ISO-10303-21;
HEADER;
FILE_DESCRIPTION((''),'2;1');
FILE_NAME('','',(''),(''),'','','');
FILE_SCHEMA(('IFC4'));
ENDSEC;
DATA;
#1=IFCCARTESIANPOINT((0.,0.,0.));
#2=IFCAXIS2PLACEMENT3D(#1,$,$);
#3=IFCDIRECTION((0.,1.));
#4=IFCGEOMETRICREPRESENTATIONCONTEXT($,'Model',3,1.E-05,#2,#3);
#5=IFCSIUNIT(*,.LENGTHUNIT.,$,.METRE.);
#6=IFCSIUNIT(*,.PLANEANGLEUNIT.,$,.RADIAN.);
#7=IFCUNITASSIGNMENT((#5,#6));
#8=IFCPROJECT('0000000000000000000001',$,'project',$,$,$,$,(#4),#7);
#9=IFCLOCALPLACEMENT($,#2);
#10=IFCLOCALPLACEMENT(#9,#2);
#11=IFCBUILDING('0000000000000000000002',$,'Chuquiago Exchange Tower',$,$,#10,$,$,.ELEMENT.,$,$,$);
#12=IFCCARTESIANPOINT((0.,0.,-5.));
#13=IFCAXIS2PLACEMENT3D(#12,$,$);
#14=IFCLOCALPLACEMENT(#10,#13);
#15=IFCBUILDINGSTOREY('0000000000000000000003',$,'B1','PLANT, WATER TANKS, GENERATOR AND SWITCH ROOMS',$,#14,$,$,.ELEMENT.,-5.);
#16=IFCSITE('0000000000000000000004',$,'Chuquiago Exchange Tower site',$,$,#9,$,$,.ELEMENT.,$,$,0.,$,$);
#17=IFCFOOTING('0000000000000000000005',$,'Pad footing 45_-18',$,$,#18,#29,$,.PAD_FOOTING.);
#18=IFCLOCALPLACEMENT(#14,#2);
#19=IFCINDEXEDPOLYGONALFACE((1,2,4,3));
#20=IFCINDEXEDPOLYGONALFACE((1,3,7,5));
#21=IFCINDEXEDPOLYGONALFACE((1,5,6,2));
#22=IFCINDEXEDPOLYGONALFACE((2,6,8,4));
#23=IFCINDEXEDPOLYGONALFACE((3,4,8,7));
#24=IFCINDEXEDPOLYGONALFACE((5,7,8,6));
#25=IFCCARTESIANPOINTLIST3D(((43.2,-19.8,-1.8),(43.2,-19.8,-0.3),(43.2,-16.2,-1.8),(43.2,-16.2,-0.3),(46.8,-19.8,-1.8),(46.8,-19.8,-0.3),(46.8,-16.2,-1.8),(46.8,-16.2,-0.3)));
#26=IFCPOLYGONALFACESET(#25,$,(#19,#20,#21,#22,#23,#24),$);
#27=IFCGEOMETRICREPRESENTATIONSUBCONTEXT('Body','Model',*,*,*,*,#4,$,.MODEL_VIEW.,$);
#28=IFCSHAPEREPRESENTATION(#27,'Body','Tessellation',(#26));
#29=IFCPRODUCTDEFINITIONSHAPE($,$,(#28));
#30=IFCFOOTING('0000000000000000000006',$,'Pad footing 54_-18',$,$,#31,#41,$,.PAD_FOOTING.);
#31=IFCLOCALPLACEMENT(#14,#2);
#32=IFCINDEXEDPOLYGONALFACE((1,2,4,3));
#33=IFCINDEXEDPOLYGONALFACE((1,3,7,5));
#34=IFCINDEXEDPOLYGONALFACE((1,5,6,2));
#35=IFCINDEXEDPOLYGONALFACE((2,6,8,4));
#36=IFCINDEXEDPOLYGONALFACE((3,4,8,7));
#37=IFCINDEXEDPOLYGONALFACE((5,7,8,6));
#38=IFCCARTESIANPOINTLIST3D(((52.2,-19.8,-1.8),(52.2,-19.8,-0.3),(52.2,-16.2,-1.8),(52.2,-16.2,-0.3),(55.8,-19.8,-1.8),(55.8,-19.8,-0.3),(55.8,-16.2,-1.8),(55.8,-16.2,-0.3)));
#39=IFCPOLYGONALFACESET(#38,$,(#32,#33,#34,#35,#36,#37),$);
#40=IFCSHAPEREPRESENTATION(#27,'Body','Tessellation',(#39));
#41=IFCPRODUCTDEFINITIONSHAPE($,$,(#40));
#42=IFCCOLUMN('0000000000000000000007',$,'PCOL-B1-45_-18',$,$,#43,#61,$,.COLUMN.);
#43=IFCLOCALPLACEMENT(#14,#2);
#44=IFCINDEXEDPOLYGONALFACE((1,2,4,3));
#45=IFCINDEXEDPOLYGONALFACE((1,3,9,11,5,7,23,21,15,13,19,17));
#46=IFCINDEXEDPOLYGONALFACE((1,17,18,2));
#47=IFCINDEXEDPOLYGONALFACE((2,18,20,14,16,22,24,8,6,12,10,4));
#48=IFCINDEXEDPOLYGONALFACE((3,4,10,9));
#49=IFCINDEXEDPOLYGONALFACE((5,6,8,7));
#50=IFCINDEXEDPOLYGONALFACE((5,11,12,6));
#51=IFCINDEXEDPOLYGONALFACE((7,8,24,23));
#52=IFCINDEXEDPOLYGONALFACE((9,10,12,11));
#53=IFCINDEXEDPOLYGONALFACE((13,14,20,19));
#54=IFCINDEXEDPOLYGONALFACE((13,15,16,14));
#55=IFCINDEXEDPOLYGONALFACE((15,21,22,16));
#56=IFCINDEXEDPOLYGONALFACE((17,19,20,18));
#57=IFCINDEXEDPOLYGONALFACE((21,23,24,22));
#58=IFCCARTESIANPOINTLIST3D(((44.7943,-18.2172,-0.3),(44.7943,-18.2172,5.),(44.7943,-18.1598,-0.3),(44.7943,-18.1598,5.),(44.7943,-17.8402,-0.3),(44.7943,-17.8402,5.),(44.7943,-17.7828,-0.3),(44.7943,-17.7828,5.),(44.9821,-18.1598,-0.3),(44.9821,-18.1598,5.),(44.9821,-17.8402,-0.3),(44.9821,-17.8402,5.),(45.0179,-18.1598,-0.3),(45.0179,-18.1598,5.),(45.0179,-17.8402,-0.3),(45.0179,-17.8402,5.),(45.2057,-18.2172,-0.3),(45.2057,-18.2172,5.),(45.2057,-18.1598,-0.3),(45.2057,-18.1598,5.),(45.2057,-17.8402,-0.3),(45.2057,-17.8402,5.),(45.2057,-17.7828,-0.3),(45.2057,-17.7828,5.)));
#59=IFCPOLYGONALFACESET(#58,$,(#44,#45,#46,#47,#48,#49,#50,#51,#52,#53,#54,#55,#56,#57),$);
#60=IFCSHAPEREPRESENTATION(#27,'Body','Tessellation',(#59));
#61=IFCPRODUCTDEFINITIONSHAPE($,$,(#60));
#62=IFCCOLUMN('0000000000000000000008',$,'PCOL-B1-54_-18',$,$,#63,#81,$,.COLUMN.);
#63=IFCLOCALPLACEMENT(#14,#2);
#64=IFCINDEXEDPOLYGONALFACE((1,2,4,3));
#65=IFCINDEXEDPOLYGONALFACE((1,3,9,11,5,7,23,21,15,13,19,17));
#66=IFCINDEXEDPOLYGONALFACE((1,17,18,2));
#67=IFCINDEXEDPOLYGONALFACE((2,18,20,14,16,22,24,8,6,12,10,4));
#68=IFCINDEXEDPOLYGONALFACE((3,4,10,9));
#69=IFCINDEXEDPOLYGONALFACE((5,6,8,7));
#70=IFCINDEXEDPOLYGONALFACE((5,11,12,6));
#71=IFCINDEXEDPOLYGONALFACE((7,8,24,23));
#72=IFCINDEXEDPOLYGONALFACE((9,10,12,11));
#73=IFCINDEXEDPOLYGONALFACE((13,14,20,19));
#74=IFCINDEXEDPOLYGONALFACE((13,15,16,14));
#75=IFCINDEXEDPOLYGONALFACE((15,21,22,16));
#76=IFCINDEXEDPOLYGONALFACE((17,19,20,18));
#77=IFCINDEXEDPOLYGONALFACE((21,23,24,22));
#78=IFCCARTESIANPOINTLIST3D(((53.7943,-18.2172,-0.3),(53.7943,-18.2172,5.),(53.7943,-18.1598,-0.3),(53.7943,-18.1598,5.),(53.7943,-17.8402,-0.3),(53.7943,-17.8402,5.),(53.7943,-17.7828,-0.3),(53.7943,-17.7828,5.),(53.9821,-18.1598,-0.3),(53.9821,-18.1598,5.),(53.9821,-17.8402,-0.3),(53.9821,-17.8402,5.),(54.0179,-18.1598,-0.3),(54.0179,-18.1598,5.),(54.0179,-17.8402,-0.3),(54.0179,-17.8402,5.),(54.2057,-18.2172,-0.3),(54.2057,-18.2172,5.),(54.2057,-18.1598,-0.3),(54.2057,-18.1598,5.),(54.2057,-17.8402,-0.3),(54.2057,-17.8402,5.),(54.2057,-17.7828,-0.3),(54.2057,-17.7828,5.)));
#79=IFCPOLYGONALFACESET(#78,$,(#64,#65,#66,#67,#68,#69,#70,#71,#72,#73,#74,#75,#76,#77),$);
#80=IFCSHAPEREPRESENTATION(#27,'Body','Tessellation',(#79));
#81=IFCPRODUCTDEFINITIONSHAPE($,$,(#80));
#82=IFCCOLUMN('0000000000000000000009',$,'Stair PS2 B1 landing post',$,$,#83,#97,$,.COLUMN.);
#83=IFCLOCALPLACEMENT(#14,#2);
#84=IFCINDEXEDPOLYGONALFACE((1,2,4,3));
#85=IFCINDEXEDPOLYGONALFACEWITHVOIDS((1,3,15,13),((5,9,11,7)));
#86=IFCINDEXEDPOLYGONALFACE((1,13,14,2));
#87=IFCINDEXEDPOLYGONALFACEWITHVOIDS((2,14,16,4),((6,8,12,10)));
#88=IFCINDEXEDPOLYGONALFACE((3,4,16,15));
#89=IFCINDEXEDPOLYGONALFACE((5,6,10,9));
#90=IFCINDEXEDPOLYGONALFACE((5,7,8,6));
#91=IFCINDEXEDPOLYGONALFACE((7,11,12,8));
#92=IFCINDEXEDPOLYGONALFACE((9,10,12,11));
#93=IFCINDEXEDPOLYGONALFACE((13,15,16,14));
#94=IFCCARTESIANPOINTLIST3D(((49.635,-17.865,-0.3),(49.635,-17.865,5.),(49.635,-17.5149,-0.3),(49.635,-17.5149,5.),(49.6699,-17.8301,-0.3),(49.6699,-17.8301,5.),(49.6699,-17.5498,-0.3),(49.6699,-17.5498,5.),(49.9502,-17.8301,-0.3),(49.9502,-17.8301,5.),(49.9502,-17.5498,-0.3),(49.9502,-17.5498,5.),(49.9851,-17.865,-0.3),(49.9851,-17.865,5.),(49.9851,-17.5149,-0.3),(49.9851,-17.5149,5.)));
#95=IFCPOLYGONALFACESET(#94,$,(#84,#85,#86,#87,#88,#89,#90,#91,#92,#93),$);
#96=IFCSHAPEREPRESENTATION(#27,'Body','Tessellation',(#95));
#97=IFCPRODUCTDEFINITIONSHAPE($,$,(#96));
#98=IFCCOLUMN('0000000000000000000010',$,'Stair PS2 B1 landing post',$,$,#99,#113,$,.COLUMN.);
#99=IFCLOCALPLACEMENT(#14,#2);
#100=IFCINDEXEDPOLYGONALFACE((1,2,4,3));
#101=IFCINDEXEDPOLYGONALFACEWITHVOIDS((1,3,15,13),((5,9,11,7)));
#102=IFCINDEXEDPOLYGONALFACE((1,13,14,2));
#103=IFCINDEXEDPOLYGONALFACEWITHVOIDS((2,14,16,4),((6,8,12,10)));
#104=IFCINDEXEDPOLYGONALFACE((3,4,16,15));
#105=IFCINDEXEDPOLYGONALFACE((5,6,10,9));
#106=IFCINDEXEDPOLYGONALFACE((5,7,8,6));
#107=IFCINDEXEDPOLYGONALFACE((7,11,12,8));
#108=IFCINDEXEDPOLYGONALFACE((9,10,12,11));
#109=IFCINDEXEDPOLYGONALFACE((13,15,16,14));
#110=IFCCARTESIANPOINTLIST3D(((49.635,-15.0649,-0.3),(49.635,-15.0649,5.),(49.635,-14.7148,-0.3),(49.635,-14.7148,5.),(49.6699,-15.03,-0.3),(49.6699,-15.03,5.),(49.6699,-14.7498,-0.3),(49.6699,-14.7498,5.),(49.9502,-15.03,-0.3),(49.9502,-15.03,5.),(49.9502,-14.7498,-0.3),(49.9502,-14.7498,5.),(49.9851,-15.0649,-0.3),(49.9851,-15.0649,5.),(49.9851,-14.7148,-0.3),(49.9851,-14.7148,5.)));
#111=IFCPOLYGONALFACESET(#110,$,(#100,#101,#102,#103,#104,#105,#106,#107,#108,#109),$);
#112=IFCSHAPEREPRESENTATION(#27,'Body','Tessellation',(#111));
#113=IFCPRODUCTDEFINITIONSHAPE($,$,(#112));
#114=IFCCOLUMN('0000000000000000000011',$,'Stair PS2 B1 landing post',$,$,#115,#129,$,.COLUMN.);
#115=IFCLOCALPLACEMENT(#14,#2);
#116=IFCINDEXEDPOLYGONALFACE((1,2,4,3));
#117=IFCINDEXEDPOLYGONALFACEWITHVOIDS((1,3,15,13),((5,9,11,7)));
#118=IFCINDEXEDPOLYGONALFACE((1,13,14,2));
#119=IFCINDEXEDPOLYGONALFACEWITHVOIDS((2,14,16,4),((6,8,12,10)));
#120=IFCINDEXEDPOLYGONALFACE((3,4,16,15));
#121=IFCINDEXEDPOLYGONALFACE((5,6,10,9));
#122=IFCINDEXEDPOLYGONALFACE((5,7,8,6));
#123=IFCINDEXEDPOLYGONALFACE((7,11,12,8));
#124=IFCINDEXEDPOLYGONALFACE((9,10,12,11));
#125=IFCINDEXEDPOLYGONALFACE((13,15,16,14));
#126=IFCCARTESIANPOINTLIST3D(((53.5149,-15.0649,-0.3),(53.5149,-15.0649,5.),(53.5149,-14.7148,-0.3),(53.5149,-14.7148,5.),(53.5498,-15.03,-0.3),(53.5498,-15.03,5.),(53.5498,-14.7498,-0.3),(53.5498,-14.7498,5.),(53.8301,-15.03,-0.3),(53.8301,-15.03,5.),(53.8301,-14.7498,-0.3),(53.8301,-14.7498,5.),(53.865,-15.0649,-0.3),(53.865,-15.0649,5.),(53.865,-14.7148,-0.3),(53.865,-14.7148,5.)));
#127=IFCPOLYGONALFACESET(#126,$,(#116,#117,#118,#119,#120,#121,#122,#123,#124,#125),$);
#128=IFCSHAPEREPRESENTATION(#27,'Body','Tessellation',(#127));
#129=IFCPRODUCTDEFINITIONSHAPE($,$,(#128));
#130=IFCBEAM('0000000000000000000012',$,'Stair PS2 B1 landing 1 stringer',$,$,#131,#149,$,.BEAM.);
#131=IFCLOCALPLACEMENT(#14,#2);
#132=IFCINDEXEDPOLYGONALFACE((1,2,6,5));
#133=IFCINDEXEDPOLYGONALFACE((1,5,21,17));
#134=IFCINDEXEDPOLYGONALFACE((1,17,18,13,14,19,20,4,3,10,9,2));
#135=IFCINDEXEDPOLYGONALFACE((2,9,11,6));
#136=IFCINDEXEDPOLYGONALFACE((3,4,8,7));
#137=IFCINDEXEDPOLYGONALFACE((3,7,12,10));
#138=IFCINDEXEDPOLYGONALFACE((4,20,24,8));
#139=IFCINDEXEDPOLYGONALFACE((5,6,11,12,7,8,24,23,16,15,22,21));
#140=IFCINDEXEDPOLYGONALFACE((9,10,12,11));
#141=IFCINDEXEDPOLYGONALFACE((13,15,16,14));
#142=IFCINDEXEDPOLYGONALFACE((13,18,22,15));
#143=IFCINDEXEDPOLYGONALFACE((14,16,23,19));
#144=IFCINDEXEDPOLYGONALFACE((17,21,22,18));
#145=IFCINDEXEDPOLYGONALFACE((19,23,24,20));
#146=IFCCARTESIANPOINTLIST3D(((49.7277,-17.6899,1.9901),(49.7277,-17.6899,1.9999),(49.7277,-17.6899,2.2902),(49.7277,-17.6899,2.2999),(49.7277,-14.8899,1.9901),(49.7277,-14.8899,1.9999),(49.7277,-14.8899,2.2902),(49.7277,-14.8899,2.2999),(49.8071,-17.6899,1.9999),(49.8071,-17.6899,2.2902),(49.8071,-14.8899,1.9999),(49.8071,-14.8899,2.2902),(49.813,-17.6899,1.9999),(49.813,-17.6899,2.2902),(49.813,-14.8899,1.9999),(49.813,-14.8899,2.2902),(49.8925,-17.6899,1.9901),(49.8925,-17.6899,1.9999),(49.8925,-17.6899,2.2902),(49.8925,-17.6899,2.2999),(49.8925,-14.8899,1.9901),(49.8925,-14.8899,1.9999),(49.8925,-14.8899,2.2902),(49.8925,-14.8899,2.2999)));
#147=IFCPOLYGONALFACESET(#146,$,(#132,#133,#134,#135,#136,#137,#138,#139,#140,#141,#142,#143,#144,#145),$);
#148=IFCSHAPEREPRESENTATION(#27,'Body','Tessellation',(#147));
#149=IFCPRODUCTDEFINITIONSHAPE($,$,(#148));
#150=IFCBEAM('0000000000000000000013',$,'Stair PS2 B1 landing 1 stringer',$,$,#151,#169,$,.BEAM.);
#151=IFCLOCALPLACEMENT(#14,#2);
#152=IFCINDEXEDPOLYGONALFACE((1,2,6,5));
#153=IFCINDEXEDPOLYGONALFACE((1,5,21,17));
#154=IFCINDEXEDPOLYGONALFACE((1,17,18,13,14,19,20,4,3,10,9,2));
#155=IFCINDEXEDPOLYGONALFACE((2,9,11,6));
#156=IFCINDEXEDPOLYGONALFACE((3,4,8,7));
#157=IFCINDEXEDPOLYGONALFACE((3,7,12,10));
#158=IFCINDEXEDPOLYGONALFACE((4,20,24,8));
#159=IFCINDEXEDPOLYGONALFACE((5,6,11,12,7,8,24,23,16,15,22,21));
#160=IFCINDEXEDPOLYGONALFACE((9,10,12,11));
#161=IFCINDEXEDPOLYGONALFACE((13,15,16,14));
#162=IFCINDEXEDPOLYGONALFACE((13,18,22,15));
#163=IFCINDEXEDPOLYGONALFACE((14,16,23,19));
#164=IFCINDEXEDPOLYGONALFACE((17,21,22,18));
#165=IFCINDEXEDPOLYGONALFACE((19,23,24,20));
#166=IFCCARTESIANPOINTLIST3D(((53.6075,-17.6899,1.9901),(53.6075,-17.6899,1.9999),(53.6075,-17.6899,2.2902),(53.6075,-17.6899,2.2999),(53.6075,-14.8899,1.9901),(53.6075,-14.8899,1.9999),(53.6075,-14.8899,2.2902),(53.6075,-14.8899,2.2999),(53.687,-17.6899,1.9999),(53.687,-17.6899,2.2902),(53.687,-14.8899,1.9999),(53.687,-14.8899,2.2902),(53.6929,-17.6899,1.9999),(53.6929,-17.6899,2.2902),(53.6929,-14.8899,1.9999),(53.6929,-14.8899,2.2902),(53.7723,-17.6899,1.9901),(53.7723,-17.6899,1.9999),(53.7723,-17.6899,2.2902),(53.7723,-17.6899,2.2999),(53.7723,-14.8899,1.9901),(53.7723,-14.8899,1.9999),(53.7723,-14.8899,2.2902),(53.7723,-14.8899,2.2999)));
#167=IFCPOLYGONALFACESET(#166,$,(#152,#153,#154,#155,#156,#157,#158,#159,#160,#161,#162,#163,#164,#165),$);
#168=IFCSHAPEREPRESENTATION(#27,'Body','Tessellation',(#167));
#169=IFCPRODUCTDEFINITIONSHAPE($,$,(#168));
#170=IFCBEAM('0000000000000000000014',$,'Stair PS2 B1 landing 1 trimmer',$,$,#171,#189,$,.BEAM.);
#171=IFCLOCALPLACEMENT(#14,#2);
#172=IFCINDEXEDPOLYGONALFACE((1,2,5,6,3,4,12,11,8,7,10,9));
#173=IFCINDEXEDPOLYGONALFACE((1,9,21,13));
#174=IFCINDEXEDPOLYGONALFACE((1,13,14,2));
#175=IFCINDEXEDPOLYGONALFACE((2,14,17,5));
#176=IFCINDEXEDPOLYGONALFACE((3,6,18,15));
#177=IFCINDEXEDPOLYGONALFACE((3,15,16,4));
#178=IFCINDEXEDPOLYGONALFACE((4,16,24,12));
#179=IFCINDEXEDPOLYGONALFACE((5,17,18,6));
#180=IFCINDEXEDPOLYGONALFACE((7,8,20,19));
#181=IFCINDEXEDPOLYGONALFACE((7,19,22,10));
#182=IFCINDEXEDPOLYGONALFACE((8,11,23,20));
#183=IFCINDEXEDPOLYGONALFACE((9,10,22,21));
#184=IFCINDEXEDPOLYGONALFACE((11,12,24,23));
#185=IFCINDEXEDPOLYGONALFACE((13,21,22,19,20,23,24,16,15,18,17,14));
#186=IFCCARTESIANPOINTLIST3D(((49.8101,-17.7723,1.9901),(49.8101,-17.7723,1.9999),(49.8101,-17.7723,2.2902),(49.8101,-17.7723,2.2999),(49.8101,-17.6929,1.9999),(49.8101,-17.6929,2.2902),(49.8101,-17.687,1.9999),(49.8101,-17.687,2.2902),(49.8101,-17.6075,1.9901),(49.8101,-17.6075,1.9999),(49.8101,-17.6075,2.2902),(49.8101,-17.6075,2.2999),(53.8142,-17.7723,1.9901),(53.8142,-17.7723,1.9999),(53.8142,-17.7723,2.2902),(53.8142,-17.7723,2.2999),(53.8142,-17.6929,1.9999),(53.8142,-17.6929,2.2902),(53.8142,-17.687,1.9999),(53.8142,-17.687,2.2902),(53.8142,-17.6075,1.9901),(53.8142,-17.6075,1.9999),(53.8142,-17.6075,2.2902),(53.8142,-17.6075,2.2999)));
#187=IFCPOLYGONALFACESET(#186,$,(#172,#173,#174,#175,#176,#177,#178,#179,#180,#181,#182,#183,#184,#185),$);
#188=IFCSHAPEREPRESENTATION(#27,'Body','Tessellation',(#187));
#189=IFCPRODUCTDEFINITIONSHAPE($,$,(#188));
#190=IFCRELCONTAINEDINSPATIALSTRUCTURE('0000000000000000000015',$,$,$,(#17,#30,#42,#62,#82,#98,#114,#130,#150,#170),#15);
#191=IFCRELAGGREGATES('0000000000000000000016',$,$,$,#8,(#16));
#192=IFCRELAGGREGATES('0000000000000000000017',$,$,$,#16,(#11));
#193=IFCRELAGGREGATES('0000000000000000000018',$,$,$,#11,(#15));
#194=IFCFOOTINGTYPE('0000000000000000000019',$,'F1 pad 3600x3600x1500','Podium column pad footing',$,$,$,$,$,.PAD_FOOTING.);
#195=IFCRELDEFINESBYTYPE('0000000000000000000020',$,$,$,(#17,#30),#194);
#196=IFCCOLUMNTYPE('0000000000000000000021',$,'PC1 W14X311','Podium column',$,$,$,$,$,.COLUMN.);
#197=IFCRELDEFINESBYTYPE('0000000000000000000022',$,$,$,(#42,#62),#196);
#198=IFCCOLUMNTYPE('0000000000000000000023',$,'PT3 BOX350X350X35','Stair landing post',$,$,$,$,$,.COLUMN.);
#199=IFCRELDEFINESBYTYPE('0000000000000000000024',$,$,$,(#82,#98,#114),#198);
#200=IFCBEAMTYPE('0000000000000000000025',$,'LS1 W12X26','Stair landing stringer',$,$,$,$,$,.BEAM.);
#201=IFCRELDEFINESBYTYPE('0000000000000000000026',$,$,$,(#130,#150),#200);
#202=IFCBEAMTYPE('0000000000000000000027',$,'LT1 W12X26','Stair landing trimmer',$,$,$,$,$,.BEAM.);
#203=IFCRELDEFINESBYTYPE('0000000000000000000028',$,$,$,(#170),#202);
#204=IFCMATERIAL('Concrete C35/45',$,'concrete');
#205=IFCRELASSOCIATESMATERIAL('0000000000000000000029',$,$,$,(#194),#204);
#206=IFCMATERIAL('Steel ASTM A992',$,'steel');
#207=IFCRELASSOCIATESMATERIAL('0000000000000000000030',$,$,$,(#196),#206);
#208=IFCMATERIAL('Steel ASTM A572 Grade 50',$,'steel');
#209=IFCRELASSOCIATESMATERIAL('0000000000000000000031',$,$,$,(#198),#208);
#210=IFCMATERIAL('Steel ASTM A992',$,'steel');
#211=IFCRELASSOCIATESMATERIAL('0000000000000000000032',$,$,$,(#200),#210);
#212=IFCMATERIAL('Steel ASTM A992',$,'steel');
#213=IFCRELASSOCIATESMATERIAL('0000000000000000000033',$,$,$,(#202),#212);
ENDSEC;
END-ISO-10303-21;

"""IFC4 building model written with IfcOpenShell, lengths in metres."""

from ifc_helpers import new_model, si_unit, direction, frame, origin, origin_2d, place, context, subcontext, project, spatial, rectangle, hollow_rectangle, i_section, extrude, material, material_profile, profile_set, type_object, element, save


model = new_model("IFC4")

# Units and contexts
model_context = context("Model", 3, precision=1e-05, world=origin(), true_north=direction((0.0, 1.0)))
body_context = subcontext(model_context, "Body", "Model", "MODEL_VIEW")
ifc_project = project(units=[si_unit("LENGTHUNIT", "METRE"), si_unit("PLANEANGLEUNIT", "RADIAN")], contexts=[model_context])

# Site, building, storey
site_placement = place(None, origin())
site = spatial("IfcSite", under=ifc_project, at=site_placement, Name="Chuquiago Exchange Tower site", CompositionType="ELEMENT", RefElevation=0.0)
building_placement = place(site_placement, origin())
building = spatial("IfcBuilding", under=site, at=building_placement, Name="Chuquiago Exchange Tower", CompositionType="ELEMENT")
storey_placement = place(building_placement, frame((0.0, 0.0, -5.0)))
storey = spatial("IfcBuildingStorey", under=building, at=storey_placement, Name="B1", Description="PLANT, WATER TANKS, GENERATOR AND SWITCH ROOMS", CompositionType="ELEMENT", Elevation=-5.0)

# Footings
ifc_material_1 = material(Name="Concrete C35/45", Category="concrete")
footing_type = type_object("IfcFootingType", Name="F1 pad 3600x3600x1500", Description="Podium column pad footing", PredefinedType="PAD_FOOTING", material=ifc_material_1)
for number, where, z_axis, x_axis, name in (
    (1, (45.0, -18.0, -1.8), (0.0, 0.0, 1.0), (1.0, 0.0, 0.0), "Pad footing 45_-18"),
    (2, (54.0, -18.0, -1.8), (0.0, 0.0, 1.0), (1.0, 0.0, 0.0), "Pad footing 54_-18"),
):
    element("IfcFooting", number, at=place(storey_placement, frame(where, z_axis=z_axis, x_axis=x_axis)), inside=storey, type_object=footing_type, Name=name, PredefinedType="PAD_FOOTING", context=body_context, shape_type="SweptSolid", body=[
        extrude(rectangle(XDim=3.6001, YDim=3.6001, at=origin_2d()), origin(), (0.0, 0.0, 1.0), 1.5),
    ])

# Columns
ifc_material_2 = material(Name="Steel ASTM A992", Category="steel")
ifc_material_profile_1 = material_profile(ifc_material_2, i_section(OverallWidth=0.4114, OverallDepth=0.4343, WebThickness=0.0359, FlangeThickness=0.0574, at=origin_2d()), Name="W14X311")
ifc_profile_set_1 = profile_set([ifc_material_profile_1], Name="Steel ASTM A992")
column_type_1 = type_object("IfcColumnType", Name="PC1 W14X311", Description="Podium column", PredefinedType="COLUMN", material=ifc_profile_set_1)
for number, where, z_axis, x_axis, name in (
    (3, (45.0, -18.0, -0.3), (0.0, 0.0, 1.0), (1.0, 0.0, 0.0), "PCOL-B1-45_-18"),
    (4, (54.0, -18.0, -0.3), (0.0, 0.0, 1.0), (1.0, 0.0, 0.0), "PCOL-B1-54_-18"),
):
    element("IfcColumn", number, at=place(storey_placement, frame(where, z_axis=z_axis, x_axis=x_axis)), inside=storey, type_object=column_type_1, Name=name, PredefinedType="COLUMN", context=body_context, shape_type="SweptSolid", body=[
        extrude(i_section(OverallWidth=0.4114, OverallDepth=0.4343, WebThickness=0.0359, FlangeThickness=0.0574, at=origin_2d()), origin(), (0.0, 0.0, 1.0), 5.3),
    ])
ifc_material_3 = material(Name="Steel ASTM A572 Grade 50", Category="steel")
ifc_material_profile_2 = material_profile(ifc_material_3, hollow_rectangle(XDim=0.3501, YDim=0.3501, WallThickness=0.0349, at=origin_2d()), Name="BOX350X350X35")
ifc_profile_set_2 = profile_set([ifc_material_profile_2], Name="Steel ASTM A572 Grade 50")
column_type_2 = type_object("IfcColumnType", Name="PT3 BOX350X350X35", Description="Stair landing post", PredefinedType="COLUMN", material=ifc_profile_set_2)
for number, where, z_axis, x_axis, name in (
    (5, (49.8101, -17.6899, -0.3), (0.0, 0.0, 1.0), (1.0, 0.0, 0.0), "Stair PS2 B1 landing post"),
    (6, (49.8101, -14.8899, -0.3), (0.0, 0.0, 1.0), (1.0, 0.0, 0.0), "Stair PS2 B1 landing post"),
    (7, (53.6899, -14.8899, -0.3), (0.0, 0.0, 1.0), (1.0, 0.0, 0.0), "Stair PS2 B1 landing post"),
):
    element("IfcColumn", number, at=place(storey_placement, frame(where, z_axis=z_axis, x_axis=x_axis)), inside=storey, type_object=column_type_2, Name=name, PredefinedType="COLUMN", context=body_context, shape_type="SweptSolid", body=[
        extrude(hollow_rectangle(XDim=0.3501, YDim=0.3501, WallThickness=0.0349, at=origin_2d()), origin(), (0.0, 0.0, 1.0), 5.3),
    ])

# Beams
ifc_material_4 = material(Name="Steel ASTM A992", Category="steel")
ifc_material_profile_3 = material_profile(ifc_material_4, i_section(OverallWidth=0.1648, OverallDepth=0.3098, WebThickness=0.0059, FlangeThickness=0.0098, at=origin_2d()), Name="W12X26")
ifc_profile_set_3 = profile_set([ifc_material_profile_3], Name="Steel ASTM A992")
beam_type_1 = type_object("IfcBeamType", Name="LS1 W12X26", Description="Stair landing stringer", PredefinedType="BEAM", material=ifc_profile_set_3)
for number, where, z_axis, x_axis, name in (
    (8, (49.8101, -17.6899, 2.145), (0.0, 1.0, 0.0), (-1.0, 0.0, 0.0), "Stair PS2 B1 landing 1 stringer"),
    (9, (53.6899, -17.6899, 2.145), (0.0, 1.0, 0.0), (-1.0, 0.0, 0.0), "Stair PS2 B1 landing 1 stringer"),
):
    element("IfcBeam", number, at=place(storey_placement, frame(where, z_axis=z_axis, x_axis=x_axis)), inside=storey, type_object=beam_type_1, Name=name, PredefinedType="BEAM", context=body_context, shape_type="SweptSolid", body=[
        extrude(i_section(OverallWidth=0.1648, OverallDepth=0.3098, WebThickness=0.0059, FlangeThickness=0.0098, at=origin_2d()), origin(), (0.0, 0.0, 1.0), 2.8),
    ])
ifc_material_5 = material(Name="Steel ASTM A992", Category="steel")
ifc_material_profile_4 = material_profile(ifc_material_5, i_section(OverallWidth=0.1648, OverallDepth=0.3098, WebThickness=0.0059, FlangeThickness=0.0098, at=origin_2d()), Name="W12X26")
ifc_profile_set_4 = profile_set([ifc_material_profile_4], Name="Steel ASTM A992")
beam_type_2 = type_object("IfcBeamType", Name="LT1 W12X26", Description="Stair landing trimmer", PredefinedType="BEAM", material=ifc_profile_set_4)
beam_1_placement = place(storey_placement, frame((49.8101, -17.6899, 2.145), z_axis=(1.0, 0.0, 0.0), x_axis=(0.0, 1.0, 0.0)))
element("IfcBeam", 10, at=beam_1_placement, inside=storey, type_object=beam_type_2, Name="Stair PS2 B1 landing 1 trimmer", PredefinedType="BEAM", context=body_context, shape_type="SweptSolid", body=[
    extrude(i_section(OverallWidth=0.1648, OverallDepth=0.3098, WebThickness=0.0059, FlangeThickness=0.0098, at=origin_2d()), origin(), (0.0, 0.0, 1.0), 4.0042),
])

save(model, "model.ifc")
